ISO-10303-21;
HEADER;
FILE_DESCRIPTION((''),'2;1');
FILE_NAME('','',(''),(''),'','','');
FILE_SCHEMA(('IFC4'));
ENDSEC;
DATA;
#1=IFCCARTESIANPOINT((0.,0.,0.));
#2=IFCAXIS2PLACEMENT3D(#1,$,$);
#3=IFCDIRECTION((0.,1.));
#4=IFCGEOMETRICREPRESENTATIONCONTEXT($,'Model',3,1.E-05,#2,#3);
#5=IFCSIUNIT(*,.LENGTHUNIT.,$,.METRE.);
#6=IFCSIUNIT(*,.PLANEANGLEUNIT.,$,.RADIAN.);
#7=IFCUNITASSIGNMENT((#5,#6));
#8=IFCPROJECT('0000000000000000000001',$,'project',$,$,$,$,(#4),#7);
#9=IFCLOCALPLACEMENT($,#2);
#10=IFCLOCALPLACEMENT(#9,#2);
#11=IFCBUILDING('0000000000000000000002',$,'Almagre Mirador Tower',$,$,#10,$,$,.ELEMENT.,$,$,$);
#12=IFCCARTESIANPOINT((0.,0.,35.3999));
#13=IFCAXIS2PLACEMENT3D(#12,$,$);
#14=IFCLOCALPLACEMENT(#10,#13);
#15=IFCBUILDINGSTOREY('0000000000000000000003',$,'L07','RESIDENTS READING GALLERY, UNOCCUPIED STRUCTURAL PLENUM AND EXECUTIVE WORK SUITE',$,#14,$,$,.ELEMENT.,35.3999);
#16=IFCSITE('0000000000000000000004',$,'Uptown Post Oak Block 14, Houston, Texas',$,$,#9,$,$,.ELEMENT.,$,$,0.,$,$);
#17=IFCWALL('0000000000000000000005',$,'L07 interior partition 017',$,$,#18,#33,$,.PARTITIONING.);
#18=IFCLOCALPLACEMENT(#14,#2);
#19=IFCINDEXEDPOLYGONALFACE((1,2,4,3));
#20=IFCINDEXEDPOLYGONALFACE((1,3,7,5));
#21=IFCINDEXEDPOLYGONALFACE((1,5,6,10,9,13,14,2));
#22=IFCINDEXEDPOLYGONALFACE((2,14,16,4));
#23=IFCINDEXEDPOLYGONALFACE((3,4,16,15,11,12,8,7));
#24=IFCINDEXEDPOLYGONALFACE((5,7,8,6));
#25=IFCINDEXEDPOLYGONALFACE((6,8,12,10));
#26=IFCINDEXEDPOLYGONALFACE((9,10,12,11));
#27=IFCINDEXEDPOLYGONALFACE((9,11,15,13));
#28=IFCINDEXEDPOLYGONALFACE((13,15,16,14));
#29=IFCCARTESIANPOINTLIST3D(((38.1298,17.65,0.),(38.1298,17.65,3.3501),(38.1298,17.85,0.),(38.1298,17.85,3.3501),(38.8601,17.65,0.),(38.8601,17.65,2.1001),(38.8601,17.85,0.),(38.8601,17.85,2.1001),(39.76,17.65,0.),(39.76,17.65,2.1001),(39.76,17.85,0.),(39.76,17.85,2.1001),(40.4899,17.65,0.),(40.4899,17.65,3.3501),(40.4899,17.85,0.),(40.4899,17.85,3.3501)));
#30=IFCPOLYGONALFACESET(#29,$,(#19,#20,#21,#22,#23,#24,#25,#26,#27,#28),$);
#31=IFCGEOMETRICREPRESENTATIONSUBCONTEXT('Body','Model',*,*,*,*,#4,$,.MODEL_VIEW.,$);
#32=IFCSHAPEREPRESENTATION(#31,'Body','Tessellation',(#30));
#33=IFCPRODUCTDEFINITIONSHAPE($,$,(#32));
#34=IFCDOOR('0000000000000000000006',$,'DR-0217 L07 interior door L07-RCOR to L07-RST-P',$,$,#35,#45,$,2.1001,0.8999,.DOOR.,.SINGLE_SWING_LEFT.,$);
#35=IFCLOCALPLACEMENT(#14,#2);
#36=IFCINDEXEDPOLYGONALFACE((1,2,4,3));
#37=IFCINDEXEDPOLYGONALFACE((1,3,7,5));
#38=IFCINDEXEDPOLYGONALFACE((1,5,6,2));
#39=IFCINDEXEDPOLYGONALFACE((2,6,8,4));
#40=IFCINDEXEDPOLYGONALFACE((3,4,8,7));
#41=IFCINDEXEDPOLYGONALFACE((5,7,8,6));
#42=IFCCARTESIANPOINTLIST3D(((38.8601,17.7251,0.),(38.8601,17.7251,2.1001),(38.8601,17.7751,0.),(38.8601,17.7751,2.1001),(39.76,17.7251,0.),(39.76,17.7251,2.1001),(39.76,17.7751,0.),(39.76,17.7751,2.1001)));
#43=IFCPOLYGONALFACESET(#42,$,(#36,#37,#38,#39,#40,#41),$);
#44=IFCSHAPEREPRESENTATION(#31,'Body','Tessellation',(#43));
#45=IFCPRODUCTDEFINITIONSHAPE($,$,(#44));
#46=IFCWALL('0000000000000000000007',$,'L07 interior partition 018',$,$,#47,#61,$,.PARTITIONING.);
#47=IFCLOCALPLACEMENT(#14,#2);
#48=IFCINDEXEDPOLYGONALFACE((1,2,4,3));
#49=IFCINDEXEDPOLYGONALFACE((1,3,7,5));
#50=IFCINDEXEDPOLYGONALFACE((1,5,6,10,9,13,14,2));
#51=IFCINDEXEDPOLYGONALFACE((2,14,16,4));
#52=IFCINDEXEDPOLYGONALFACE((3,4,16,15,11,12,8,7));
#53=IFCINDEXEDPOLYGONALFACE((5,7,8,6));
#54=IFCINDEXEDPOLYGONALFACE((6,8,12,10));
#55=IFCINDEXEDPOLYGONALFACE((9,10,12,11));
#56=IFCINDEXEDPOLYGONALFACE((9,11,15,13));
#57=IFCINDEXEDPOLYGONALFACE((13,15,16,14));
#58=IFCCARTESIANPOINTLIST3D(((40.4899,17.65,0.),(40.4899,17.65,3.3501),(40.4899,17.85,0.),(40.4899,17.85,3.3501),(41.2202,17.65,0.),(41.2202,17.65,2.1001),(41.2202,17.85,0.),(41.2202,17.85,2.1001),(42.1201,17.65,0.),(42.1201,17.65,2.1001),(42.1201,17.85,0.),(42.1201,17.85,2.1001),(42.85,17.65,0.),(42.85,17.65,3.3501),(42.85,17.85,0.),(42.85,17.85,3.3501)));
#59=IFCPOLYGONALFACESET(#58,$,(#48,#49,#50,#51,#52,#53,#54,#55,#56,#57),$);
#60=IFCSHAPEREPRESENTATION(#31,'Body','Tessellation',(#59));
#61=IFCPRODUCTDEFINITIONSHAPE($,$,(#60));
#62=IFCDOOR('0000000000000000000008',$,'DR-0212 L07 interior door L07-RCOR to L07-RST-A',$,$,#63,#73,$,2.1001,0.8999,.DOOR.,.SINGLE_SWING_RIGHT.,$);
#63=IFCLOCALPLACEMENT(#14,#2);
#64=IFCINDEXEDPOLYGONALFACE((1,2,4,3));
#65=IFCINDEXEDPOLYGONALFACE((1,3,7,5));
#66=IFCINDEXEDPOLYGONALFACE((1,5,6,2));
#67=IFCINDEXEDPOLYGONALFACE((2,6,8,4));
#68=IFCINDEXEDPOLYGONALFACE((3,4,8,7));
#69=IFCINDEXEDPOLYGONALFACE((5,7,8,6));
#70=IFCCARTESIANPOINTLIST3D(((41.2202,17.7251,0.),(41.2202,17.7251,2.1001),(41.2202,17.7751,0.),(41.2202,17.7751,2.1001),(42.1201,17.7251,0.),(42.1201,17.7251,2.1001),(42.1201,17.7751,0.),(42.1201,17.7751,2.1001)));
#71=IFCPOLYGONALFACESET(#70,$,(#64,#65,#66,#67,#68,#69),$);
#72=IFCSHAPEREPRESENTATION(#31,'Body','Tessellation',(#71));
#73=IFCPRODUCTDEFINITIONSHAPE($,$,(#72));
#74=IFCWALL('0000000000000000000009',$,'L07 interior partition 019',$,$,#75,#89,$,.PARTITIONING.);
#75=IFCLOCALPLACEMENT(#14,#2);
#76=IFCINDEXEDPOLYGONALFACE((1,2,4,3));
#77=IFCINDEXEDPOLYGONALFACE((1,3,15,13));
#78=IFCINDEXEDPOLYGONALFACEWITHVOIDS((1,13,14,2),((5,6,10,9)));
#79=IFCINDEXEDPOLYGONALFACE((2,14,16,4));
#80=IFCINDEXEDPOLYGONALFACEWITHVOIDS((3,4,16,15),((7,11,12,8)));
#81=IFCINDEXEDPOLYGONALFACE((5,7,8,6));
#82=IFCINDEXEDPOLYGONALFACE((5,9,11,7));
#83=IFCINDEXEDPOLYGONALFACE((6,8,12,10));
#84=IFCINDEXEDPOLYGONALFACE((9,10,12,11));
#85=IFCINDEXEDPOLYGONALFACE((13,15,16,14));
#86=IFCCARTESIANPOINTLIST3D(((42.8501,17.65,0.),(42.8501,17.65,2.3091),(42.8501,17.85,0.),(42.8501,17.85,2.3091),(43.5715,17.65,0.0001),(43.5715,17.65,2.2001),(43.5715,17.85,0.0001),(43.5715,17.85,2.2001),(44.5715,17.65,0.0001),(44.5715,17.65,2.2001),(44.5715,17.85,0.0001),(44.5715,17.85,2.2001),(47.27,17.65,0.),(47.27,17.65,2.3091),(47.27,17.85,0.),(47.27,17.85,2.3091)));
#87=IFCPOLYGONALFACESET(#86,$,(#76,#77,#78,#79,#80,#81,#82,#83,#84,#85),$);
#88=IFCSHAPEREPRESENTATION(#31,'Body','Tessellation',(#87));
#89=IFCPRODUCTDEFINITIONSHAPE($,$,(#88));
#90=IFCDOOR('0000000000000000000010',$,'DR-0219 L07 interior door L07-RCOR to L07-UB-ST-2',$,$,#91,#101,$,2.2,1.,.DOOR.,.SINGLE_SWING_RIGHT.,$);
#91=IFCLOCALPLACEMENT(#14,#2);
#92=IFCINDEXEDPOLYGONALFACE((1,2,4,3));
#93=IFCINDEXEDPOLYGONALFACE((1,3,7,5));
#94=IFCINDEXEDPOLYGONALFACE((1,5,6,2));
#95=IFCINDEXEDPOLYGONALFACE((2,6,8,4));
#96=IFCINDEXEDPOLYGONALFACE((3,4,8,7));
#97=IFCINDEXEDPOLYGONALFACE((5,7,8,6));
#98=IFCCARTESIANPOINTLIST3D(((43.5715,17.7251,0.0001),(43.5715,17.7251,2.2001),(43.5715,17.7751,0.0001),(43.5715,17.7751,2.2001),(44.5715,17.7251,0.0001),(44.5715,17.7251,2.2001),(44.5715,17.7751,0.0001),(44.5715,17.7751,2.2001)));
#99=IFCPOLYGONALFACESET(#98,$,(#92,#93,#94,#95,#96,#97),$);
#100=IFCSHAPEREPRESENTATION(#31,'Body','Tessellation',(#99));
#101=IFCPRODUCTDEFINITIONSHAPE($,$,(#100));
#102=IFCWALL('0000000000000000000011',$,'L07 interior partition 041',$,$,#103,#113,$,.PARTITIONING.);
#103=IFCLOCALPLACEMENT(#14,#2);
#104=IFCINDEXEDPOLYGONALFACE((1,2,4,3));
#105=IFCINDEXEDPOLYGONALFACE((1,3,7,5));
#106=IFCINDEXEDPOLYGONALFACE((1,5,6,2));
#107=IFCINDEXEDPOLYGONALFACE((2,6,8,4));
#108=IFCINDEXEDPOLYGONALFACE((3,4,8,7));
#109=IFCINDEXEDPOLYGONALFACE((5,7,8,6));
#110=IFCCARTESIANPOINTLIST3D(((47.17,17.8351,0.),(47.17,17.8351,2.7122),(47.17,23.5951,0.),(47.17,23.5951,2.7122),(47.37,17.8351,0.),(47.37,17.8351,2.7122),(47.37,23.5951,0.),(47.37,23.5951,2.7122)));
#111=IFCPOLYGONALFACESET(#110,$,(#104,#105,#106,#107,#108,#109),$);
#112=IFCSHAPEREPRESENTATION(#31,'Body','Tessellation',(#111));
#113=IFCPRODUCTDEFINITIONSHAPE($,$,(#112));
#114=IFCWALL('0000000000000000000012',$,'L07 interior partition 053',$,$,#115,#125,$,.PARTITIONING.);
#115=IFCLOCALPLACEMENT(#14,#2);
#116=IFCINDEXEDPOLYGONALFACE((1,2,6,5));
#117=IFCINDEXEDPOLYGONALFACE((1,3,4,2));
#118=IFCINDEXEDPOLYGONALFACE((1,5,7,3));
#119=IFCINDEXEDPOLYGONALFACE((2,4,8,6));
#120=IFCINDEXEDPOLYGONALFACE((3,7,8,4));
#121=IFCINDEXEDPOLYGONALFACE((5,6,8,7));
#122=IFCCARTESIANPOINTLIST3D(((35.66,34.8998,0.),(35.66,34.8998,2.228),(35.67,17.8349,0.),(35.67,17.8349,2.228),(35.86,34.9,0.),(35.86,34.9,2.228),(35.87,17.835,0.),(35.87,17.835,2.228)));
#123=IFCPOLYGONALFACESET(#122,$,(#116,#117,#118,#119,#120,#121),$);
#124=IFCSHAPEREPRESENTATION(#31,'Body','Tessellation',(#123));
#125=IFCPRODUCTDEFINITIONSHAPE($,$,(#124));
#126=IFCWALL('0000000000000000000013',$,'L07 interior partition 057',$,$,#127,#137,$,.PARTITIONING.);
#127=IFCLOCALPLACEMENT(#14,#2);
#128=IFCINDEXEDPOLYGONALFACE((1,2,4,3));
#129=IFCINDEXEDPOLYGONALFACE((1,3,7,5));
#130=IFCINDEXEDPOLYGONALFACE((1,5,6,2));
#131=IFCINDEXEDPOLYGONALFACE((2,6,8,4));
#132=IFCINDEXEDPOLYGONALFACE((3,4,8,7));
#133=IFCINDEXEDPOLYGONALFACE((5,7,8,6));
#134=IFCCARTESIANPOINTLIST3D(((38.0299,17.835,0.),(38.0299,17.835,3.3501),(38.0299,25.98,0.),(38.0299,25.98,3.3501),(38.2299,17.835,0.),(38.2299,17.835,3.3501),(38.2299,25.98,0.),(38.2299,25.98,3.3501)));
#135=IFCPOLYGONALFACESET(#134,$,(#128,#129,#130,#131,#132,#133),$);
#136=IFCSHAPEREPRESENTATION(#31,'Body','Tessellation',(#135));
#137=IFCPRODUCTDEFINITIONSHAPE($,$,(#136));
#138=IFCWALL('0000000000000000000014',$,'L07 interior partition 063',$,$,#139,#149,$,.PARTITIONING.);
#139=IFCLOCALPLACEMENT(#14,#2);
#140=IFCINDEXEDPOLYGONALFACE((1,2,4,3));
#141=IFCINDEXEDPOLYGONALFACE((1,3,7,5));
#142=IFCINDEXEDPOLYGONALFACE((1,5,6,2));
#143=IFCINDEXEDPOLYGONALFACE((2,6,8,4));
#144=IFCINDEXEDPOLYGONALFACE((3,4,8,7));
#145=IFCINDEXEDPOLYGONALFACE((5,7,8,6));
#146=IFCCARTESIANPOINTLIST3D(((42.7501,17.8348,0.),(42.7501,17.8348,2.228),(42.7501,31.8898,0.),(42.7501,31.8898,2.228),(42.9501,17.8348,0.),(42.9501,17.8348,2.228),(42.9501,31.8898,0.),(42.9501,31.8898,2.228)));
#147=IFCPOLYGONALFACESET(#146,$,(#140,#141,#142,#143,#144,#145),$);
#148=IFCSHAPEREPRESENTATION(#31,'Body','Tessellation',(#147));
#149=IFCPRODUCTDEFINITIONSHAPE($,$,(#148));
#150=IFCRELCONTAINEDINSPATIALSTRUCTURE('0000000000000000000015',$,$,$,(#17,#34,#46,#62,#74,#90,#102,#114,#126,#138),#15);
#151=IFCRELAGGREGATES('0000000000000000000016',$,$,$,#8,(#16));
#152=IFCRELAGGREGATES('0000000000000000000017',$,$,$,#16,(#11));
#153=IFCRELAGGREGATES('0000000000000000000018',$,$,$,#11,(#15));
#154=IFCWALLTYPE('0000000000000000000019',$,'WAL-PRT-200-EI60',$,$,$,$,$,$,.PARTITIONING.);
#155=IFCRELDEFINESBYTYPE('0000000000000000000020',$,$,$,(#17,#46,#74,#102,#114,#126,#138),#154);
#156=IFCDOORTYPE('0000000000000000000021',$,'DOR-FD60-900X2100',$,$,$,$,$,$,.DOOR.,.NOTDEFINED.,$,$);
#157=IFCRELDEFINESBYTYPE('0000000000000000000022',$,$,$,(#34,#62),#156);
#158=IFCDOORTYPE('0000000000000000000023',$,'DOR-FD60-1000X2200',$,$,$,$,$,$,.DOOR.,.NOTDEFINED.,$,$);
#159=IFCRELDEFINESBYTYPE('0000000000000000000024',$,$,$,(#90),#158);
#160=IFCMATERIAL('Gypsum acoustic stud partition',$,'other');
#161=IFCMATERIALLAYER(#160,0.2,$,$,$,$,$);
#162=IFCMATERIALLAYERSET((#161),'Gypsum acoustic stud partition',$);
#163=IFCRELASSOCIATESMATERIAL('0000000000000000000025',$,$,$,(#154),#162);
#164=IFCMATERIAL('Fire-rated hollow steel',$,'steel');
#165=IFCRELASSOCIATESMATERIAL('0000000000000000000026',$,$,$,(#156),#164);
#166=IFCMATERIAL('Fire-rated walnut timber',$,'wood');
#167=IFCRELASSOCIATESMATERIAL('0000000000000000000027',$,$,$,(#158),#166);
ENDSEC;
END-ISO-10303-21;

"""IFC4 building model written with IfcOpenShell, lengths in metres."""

from ifc_helpers import new_model, si_unit, direction, frame, frame_2d, origin, place, context, subcontext, project, spatial, rectangle, extrude, material, layer, layer_set, type_object, element, fill, save


model = new_model("IFC4")

# Units and contexts
model_context = context("Model", 3, precision=1e-05, world=origin(), true_north=direction((0.0, 1.0)))
body_context = subcontext(model_context, "Body", "Model", "MODEL_VIEW")
ifc_project = project(units=[si_unit("LENGTHUNIT", "METRE"), si_unit("PLANEANGLEUNIT", "RADIAN")], contexts=[model_context])

# Site, building, storey
site_placement = place(None, origin())
site = spatial("IfcSite", under=ifc_project, at=site_placement, Name="Uptown Post Oak Block 14, Houston, Texas", CompositionType="ELEMENT", RefElevation=0.0)
building_placement = place(site_placement, origin())
building = spatial("IfcBuilding", under=site, at=building_placement, Name="Almagre Mirador Tower", CompositionType="ELEMENT")
storey_placement = place(building_placement, frame((0.0, 0.0, 35.3999)))
storey = spatial("IfcBuildingStorey", under=building, at=storey_placement, Name="L07", Description="RESIDENTS READING GALLERY, UNOCCUPIED STRUCTURAL PLENUM AND EXECUTIVE WORK SUITE", CompositionType="ELEMENT", Elevation=35.3999)

# Walls, openings, doors
ifc_material_1 = material(Name="Gypsum acoustic stud partition", Category="other")
ifc_layer_1 = layer(ifc_material_1, 0.2)
ifc_layer_set_1 = layer_set([ifc_layer_1], Name="Gypsum acoustic stud partition")
wall_type_1 = type_object("IfcWallType", Name="WAL-PRT-200-EI60", PredefinedType="PARTITIONING", material=ifc_layer_set_1)
ifc_material_2 = material(Name="Fire-rated hollow steel", Category="steel")
door_type_1 = type_object("IfcDoorType", Name="DOR-FD60-900X2100", OperationType="NOTDEFINED", PredefinedType="DOOR", material=ifc_material_2)
ifc_material_3 = material(Name="Fire-rated walnut timber", Category="wood")
door_type_2 = type_object("IfcDoorType", Name="DOR-FD60-1000X2200", OperationType="NOTDEFINED", PredefinedType="DOOR", material=ifc_material_3)
wall_1_placement = place(storey_placement, frame((40.49, 17.75, 0.0), z_axis=(0.0, 0.0, 1.0), x_axis=(-1.0, 0.0, 0.0)))
wall_1 = element("IfcWall", 1, at=wall_1_placement, inside=storey, type_object=wall_type_1, Name="L07 interior partition 017", PredefinedType="PARTITIONING", context=body_context, shape_type="SweptSolid", body=[
    extrude(rectangle(XDim=2.3601, YDim=0.2, at=frame_2d((1.1802, 0.0))), origin(), (0.0, 0.0, 1.0), 3.3501),
])
opening_1_placement = place(wall_1_placement, frame((0.73, 0.0, 0.0)))
opening_1 = element("IfcOpeningElement", 2, at=opening_1_placement, cuts=wall_1, PredefinedType="OPENING", context=body_context, shape_type="SweptSolid", body=[
    extrude(rectangle(XDim=0.8999, YDim=2.1001, at=frame_2d((0.45, 1.05))), frame((0.0, 0.1101, 0.0), z_axis=(0.0, -1.0, 0.0), x_axis=(1.0, 0.0, 0.0)), (0.0, 0.0, 1.0), 0.22),
])
door_1_placement = place(opening_1_placement, origin())
door_1 = element("IfcDoor", 3, at=door_1_placement, inside=storey, type_object=door_type_1, Name="DR-0217 L07 interior door L07-RCOR to L07-RST-P", OperationType="SINGLE_SWING_LEFT", OverallHeight=2.1001, OverallWidth=0.8999, PredefinedType="DOOR", context=body_context, shape_type="SweptSolid", body=[
    extrude(rectangle(XDim=0.8999, YDim=2.1001, at=frame_2d((0.45, 1.05))), frame((0.0, 0.0249, 0.0), z_axis=(0.0, -1.0, 0.0), x_axis=(1.0, 0.0, 0.0)), (0.0, 0.0, 1.0), 0.05),
])
fill(opening_1, door_1)
wall_2_placement = place(storey_placement, frame((42.8501, 17.75, 0.0), z_axis=(0.0, 0.0, 1.0), x_axis=(-1.0, 0.0, 0.0)))
wall_2 = element("IfcWall", 4, at=wall_2_placement, inside=storey, type_object=wall_type_1, Name="L07 interior partition 018", PredefinedType="PARTITIONING", context=body_context, shape_type="SweptSolid", body=[
    extrude(rectangle(XDim=2.3601, YDim=0.2, at=frame_2d((1.1802, 0.0))), origin(), (0.0, 0.0, 1.0), 3.3501),
])
opening_2_placement = place(wall_2_placement, frame((0.73, 0.0, 0.0)))
opening_2 = element("IfcOpeningElement", 5, at=opening_2_placement, cuts=wall_2, PredefinedType="OPENING", context=body_context, shape_type="SweptSolid", body=[
    extrude(rectangle(XDim=0.8999, YDim=2.1001, at=frame_2d((0.45, 1.05))), frame((0.0, 0.1101, 0.0), z_axis=(0.0, -1.0, 0.0), x_axis=(1.0, 0.0, 0.0)), (0.0, 0.0, 1.0), 0.22),
])
door_2_placement = place(opening_2_placement, origin())
door_2 = element("IfcDoor", 6, at=door_2_placement, inside=storey, type_object=door_type_1, Name="DR-0212 L07 interior door L07-RCOR to L07-RST-A", OperationType="SINGLE_SWING_RIGHT", OverallHeight=2.1001, OverallWidth=0.8999, PredefinedType="DOOR", context=body_context, shape_type="SweptSolid", body=[
    extrude(rectangle(XDim=0.8999, YDim=2.1001, at=frame_2d((0.45, 1.05))), frame((0.0, 0.0249, 0.0), z_axis=(0.0, -1.0, 0.0), x_axis=(1.0, 0.0, 0.0)), (0.0, 0.0, 1.0), 0.05),
])
fill(opening_2, door_2)
wall_3_placement = place(storey_placement, frame((47.27, 17.75, 0.0), z_axis=(0.0, 0.0, 1.0), x_axis=(-1.0, 0.0, 0.0)))
wall_3 = element("IfcWall", 7, at=wall_3_placement, inside=storey, type_object=wall_type_1, Name="L07 interior partition 019", PredefinedType="PARTITIONING", context=body_context, shape_type="SweptSolid", body=[
    extrude(rectangle(XDim=4.4199, YDim=0.2, at=frame_2d((2.21, 0.0))), origin(), (0.0, 0.0, 1.0), 2.3091),
])
opening_3_placement = place(wall_3_placement, frame((2.6985, 0.0, 0.0)))
opening_3 = element("IfcOpeningElement", 8, at=opening_3_placement, cuts=wall_3, PredefinedType="OPENING", context=body_context, shape_type="SweptSolid", body=[
    extrude(rectangle(XDim=1.0, YDim=2.2, at=frame_2d((0.5, 1.1001))), frame((0.0, 0.1101, 0.0), z_axis=(0.0, -1.0, 0.0), x_axis=(1.0, 0.0, 0.0)), (0.0, 0.0, 1.0), 0.22),
])
door_3_placement = place(opening_3_placement, origin())
door_3 = element("IfcDoor", 9, at=door_3_placement, inside=storey, type_object=door_type_2, Name="DR-0219 L07 interior door L07-RCOR to L07-UB-ST-2", OperationType="SINGLE_SWING_RIGHT", OverallHeight=2.2, OverallWidth=1.0, PredefinedType="DOOR", context=body_context, shape_type="SweptSolid", body=[
    extrude(rectangle(XDim=1.0, YDim=2.2, at=frame_2d((0.5, 1.1001))), frame((0.0, 0.0249, 0.0), z_axis=(0.0, -1.0, 0.0), x_axis=(1.0, 0.0, 0.0)), (0.0, 0.0, 1.0), 0.05),
])
fill(opening_3, door_3)

# Walls
wall_4_placement = place(storey_placement, frame((47.27, 23.595, 0.0), z_axis=(0.0, 0.0, 1.0), x_axis=(0.0, -1.0, 0.0)))
element("IfcWall", 10, at=wall_4_placement, inside=storey, type_object=wall_type_1, Name="L07 interior partition 041", PredefinedType="PARTITIONING", context=body_context, shape_type="SweptSolid", body=[
    extrude(rectangle(XDim=5.76, YDim=0.2, at=frame_2d((2.8799, 0.0))), origin(), (0.0, 0.0, 1.0), 2.7122),
])
wall_5_placement = place(storey_placement, frame((35.77, 17.835, 0.0), z_axis=(0.0, 0.0, 1.0), x_axis=(-0.000587, 1.0, 0.0)))
element("IfcWall", 11, at=wall_5_placement, inside=storey, type_object=wall_type_1, Name="L07 interior partition 053", PredefinedType="PARTITIONING", context=body_context, shape_type="SweptSolid", body=[
    extrude(rectangle(XDim=17.0649, YDim=0.2, at=frame_2d((8.5325, 0.0))), origin(), (0.0, 0.0, 1.0), 2.228),
])
wall_6_placement = place(storey_placement, frame((38.1299, 17.835, 0.0), z_axis=(0.0, 0.0, 1.0), x_axis=(0.0, 1.0, 0.0)))
element("IfcWall", 12, at=wall_6_placement, inside=storey, type_object=wall_type_1, Name="L07 interior partition 057", PredefinedType="PARTITIONING", context=body_context, shape_type="SweptSolid", body=[
    extrude(rectangle(XDim=8.145, YDim=0.2, at=frame_2d((4.0725, 0.0))), origin(), (0.0, 0.0, 1.0), 3.3501),
])
wall_7_placement = place(storey_placement, frame((42.8501, 17.835, 0.0), z_axis=(0.0, 0.0, 1.0), x_axis=(0.0, 1.0, 0.0)))
element("IfcWall", 13, at=wall_7_placement, inside=storey, type_object=wall_type_1, Name="L07 interior partition 063", PredefinedType="PARTITIONING", context=body_context, shape_type="SweptSolid", body=[
    extrude(rectangle(XDim=14.0549, YDim=0.2, at=frame_2d((7.0273, 0.0))), origin(), (0.0, 0.0, 1.0), 2.228),
])

save(model, "model.ifc")
